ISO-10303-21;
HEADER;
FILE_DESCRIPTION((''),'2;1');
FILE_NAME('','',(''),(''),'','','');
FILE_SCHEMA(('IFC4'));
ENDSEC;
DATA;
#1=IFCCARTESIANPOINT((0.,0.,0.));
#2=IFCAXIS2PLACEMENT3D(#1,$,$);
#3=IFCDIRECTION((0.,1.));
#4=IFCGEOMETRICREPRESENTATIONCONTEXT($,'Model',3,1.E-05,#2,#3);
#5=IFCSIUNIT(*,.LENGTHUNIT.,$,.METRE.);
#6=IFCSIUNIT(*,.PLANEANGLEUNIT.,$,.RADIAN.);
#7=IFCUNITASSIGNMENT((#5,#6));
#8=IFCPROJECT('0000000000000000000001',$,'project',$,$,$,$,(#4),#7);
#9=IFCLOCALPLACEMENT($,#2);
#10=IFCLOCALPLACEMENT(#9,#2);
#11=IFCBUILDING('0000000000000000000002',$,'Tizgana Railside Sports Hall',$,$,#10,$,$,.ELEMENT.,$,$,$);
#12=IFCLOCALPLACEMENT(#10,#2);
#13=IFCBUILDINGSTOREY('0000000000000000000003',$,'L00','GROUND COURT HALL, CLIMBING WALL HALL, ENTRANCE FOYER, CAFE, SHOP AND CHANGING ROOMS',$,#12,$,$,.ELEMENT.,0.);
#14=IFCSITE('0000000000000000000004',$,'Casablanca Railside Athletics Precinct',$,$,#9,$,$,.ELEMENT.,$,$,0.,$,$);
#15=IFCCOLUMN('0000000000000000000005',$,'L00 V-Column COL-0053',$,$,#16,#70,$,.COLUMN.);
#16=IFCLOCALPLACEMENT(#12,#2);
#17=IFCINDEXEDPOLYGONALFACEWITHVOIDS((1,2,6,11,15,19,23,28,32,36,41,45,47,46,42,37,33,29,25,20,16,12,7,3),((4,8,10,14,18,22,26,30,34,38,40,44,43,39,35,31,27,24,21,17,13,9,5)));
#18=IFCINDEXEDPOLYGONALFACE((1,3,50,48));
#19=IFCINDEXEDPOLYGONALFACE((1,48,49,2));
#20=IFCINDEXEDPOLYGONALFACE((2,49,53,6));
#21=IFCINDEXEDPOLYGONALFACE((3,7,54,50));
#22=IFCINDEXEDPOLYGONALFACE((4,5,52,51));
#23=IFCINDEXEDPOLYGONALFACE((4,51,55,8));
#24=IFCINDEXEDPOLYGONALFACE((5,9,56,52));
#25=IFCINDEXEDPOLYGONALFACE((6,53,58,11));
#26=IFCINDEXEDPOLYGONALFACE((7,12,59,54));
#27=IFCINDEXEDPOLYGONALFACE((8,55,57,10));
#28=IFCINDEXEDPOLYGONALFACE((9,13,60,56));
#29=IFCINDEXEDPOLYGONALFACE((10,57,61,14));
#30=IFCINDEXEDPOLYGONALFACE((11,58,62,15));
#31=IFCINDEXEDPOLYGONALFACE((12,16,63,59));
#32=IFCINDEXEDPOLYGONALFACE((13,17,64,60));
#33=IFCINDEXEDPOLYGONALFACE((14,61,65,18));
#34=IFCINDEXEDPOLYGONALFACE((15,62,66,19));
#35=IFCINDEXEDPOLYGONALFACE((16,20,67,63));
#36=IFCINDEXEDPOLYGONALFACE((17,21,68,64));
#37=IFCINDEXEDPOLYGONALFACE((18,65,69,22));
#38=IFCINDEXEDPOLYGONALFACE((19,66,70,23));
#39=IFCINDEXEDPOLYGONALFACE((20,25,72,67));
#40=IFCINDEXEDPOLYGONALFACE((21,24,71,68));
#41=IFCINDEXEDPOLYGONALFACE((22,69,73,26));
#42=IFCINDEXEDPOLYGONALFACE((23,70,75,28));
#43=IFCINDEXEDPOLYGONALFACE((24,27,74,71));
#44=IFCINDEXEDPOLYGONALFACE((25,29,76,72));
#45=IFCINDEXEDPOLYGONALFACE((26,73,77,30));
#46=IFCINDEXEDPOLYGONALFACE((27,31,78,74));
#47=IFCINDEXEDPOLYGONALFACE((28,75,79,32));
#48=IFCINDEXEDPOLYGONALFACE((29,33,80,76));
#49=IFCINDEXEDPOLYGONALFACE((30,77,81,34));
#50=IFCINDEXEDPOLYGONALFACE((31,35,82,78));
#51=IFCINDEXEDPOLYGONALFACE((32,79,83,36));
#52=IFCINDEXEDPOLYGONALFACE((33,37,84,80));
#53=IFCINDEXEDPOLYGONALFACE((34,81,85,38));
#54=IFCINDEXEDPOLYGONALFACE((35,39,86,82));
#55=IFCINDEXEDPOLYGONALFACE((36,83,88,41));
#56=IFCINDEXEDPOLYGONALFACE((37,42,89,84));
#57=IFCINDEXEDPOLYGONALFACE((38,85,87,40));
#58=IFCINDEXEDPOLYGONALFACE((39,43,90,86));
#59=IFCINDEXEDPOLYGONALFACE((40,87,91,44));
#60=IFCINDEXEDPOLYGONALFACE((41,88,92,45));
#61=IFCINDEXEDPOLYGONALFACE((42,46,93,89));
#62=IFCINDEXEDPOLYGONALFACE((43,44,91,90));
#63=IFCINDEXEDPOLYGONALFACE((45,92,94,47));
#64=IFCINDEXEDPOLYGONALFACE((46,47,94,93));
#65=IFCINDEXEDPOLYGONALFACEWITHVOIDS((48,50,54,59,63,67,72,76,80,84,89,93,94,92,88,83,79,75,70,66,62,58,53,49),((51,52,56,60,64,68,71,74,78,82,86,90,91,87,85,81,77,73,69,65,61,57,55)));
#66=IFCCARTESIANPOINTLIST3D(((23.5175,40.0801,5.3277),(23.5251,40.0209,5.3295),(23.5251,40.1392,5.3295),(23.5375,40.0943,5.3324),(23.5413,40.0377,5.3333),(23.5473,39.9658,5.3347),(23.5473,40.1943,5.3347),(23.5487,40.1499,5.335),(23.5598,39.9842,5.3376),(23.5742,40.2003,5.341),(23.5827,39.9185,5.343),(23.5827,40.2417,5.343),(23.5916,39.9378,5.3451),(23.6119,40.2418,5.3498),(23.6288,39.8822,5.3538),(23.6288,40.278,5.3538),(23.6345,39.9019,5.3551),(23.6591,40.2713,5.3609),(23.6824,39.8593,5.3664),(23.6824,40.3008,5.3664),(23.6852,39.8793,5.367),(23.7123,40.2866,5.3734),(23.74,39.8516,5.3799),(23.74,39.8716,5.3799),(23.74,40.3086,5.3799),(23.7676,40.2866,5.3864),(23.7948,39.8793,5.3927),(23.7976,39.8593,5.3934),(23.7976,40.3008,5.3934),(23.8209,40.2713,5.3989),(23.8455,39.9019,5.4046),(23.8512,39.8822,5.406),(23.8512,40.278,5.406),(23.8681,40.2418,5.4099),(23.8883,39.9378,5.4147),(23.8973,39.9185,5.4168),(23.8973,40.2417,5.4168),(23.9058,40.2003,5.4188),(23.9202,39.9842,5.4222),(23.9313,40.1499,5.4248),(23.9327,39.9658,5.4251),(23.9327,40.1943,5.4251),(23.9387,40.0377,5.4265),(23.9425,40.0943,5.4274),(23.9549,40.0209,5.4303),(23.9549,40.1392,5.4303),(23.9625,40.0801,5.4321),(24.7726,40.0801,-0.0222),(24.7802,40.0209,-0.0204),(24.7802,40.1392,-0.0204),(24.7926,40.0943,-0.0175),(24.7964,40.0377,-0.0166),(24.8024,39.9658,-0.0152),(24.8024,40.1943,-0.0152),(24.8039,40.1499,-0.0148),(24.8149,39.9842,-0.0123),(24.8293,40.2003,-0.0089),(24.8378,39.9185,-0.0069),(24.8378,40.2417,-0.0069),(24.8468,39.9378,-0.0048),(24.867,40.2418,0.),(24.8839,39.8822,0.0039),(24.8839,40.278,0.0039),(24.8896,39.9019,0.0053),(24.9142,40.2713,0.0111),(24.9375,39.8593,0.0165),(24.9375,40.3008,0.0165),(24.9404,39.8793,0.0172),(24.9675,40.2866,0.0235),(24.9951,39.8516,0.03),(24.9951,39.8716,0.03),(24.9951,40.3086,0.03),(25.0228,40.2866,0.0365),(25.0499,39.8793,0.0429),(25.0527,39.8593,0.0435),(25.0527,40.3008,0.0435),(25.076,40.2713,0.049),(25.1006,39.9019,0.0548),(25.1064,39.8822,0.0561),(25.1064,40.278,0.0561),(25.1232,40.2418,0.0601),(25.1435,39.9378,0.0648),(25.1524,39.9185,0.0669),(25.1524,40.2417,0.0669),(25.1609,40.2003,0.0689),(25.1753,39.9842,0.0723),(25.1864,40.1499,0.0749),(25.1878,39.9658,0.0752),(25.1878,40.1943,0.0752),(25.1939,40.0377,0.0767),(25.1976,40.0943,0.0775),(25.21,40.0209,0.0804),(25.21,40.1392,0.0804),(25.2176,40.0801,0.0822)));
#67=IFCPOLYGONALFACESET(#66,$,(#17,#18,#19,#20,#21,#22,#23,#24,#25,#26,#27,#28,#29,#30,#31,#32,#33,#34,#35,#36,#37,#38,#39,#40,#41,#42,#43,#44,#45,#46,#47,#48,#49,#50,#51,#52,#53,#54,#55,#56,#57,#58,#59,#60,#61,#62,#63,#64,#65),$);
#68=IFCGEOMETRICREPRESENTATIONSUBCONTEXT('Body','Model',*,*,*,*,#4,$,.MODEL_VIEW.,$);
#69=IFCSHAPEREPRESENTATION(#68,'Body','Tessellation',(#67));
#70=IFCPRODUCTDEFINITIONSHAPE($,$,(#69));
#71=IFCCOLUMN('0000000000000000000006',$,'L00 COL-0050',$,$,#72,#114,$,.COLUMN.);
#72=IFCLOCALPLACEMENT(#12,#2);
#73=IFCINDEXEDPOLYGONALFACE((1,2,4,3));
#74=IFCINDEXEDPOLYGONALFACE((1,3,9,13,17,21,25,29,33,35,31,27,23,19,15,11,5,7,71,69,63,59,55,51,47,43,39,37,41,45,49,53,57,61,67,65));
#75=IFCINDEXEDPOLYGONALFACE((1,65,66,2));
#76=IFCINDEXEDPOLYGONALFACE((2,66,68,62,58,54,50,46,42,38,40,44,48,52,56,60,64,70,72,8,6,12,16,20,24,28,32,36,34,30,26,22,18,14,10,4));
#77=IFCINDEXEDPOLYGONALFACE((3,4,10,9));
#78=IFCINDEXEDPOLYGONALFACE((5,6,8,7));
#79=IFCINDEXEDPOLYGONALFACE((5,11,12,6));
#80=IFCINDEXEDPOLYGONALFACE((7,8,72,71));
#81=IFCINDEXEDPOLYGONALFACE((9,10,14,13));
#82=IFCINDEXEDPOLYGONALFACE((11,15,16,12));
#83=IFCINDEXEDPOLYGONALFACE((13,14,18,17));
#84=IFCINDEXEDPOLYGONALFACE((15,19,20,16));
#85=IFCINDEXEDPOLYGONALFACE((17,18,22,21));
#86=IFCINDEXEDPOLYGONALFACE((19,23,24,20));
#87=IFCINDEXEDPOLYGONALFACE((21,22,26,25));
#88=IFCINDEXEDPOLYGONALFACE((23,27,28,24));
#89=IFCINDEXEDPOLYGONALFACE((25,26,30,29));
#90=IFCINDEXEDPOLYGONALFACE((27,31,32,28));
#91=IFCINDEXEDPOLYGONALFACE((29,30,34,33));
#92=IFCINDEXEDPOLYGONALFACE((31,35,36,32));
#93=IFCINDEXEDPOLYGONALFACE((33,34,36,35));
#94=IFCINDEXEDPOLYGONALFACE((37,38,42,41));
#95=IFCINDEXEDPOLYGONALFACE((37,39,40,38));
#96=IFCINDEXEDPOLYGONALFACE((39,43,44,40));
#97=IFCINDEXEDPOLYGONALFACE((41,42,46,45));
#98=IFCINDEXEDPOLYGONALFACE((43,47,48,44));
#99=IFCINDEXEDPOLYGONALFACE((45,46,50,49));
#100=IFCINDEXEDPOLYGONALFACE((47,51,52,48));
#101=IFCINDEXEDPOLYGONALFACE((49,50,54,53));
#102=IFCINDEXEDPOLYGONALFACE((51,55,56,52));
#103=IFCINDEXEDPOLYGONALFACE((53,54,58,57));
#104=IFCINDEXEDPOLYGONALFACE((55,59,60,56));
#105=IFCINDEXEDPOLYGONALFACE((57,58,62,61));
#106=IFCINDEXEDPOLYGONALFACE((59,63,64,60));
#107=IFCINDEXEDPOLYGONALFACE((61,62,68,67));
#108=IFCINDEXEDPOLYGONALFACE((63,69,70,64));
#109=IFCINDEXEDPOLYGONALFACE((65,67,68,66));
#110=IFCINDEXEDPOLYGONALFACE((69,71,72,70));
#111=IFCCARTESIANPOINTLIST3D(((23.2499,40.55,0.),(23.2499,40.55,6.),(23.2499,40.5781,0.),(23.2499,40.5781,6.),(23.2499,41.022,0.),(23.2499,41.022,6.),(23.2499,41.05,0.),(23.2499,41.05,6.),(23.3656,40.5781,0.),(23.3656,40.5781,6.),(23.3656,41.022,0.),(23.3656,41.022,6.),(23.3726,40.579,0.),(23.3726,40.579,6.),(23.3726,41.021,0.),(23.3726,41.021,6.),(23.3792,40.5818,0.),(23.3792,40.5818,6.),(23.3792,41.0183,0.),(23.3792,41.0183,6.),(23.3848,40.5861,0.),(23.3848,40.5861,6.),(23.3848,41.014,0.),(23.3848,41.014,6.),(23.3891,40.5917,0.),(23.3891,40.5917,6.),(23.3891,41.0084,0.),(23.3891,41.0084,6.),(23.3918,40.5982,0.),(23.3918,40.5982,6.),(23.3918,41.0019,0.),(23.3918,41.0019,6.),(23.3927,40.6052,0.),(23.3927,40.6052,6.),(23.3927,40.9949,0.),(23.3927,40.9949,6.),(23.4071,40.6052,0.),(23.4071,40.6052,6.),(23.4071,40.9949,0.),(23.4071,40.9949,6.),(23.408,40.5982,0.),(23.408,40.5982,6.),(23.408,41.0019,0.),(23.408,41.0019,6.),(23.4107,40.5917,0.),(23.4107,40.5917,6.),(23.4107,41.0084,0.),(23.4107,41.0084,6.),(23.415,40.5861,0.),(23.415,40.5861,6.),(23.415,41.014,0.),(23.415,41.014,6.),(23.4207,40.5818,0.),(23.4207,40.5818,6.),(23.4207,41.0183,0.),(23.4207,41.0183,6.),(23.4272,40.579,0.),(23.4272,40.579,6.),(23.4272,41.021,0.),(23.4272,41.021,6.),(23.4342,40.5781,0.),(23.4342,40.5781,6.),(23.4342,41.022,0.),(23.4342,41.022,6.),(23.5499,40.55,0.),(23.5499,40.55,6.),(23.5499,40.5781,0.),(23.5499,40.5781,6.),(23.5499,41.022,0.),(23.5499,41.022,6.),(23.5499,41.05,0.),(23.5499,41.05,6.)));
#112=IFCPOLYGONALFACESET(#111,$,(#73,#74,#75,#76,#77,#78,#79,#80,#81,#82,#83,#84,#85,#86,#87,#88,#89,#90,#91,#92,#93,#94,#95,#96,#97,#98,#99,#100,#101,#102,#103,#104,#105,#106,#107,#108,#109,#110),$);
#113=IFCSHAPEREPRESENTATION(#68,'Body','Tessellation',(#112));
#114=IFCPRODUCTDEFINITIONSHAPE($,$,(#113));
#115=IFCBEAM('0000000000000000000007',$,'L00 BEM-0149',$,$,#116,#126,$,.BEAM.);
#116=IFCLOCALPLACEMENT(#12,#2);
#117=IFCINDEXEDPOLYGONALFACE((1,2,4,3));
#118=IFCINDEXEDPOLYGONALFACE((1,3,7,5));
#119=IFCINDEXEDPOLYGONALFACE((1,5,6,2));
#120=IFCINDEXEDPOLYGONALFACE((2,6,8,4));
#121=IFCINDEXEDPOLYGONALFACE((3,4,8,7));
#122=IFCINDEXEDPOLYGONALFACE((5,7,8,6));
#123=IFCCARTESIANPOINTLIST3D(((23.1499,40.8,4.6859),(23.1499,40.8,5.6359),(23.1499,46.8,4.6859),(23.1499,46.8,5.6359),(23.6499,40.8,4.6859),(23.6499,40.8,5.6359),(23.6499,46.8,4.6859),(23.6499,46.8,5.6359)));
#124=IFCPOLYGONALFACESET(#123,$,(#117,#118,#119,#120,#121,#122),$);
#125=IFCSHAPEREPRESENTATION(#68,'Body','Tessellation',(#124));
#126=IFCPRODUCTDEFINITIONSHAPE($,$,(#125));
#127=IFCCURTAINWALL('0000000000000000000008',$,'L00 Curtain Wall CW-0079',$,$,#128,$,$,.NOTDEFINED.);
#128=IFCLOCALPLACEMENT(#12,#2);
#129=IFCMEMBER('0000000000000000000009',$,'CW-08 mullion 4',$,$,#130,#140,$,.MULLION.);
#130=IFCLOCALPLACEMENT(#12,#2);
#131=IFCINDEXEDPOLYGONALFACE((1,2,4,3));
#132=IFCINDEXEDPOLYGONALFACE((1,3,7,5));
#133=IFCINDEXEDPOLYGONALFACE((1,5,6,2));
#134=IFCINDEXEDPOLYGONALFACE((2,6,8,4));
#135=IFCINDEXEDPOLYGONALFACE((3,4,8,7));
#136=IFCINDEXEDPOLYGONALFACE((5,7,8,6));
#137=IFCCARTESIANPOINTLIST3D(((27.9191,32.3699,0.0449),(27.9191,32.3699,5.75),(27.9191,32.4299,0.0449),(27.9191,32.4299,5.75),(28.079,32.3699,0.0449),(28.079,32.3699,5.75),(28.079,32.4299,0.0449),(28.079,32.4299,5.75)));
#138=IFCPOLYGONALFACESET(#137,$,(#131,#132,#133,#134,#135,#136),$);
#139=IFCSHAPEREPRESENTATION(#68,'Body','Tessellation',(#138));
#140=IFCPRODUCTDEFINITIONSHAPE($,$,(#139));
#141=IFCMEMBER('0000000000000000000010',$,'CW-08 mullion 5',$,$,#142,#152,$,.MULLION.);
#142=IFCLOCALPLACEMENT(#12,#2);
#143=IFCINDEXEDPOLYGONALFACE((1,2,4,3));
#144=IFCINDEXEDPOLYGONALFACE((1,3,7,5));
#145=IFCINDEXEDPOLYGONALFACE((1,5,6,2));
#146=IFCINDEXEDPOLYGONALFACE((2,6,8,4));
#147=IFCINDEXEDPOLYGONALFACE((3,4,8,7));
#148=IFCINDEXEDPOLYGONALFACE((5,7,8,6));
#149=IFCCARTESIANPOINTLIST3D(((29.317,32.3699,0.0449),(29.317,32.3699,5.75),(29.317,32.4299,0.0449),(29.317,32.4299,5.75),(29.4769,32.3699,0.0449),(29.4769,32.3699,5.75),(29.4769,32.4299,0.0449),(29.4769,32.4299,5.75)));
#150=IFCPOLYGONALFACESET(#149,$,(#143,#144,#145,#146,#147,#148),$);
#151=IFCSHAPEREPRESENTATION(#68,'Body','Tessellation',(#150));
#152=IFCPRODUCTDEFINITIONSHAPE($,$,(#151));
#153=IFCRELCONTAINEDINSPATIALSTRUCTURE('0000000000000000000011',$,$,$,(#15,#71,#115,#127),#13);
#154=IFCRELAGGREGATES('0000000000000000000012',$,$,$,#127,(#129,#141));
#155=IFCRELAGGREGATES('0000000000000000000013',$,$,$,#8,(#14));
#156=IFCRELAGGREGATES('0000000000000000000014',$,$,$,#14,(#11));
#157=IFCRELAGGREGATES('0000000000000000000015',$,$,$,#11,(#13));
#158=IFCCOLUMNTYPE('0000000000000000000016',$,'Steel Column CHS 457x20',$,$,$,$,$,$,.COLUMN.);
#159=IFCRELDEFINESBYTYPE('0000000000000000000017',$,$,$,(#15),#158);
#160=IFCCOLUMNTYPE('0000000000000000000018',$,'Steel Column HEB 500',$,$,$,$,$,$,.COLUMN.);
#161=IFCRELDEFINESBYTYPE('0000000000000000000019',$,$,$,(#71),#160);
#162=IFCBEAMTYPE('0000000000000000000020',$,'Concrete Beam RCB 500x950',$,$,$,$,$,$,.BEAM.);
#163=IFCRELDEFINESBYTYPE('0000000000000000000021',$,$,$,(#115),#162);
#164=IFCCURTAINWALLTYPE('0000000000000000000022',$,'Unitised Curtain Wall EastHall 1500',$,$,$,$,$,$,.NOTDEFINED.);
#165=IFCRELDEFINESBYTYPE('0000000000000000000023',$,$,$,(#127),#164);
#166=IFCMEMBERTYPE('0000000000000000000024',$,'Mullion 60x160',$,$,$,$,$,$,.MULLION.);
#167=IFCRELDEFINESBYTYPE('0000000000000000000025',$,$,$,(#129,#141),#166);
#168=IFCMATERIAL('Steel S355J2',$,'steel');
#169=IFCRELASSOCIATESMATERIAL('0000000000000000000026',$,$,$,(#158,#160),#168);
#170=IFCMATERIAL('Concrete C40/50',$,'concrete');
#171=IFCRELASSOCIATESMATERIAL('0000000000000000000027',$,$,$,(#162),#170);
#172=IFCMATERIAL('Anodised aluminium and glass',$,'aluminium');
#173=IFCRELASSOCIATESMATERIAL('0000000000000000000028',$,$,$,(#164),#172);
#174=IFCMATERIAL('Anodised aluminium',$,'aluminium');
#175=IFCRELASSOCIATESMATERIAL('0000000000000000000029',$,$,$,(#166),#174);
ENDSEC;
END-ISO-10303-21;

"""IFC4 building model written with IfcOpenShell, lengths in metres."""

from ifc_helpers import new_model, si_unit, direction, frame, origin, origin_2d, place, context, subcontext, project, spatial, rectangle, hollow_circle, i_section, extrude, material, material_profile, profile_set, type_object, element, aggregate, save


model = new_model("IFC4")

# Units and contexts
model_context = context("Model", 3, precision=1e-05, world=origin(), true_north=direction((0.0, 1.0)))
body_context = subcontext(model_context, "Body", "Model", "MODEL_VIEW")
ifc_project = project(units=[si_unit("LENGTHUNIT", "METRE"), si_unit("PLANEANGLEUNIT", "RADIAN")], contexts=[model_context])

# Site, building, storey
site_placement = place(None, origin())
site = spatial("IfcSite", under=ifc_project, at=site_placement, Name="Casablanca Railside Athletics Precinct", CompositionType="ELEMENT", RefElevation=0.0)
building_placement = place(site_placement, origin())
building = spatial("IfcBuilding", under=site, at=building_placement, Name="Tizgana Railside Sports Hall", CompositionType="ELEMENT")
storey_placement = place(building_placement, origin())
storey = spatial("IfcBuildingStorey", under=building, at=storey_placement, Name="L00", Description="GROUND COURT HALL, CLIMBING WALL HALL, ENTRANCE FOYER, CAFE, SHOP AND CHANGING ROOMS", CompositionType="ELEMENT", Elevation=0.0)

# Columns
ifc_material_1 = material(Name="Steel S355J2", Category="steel")
ifc_material_profile_1 = material_profile(ifc_material_1, hollow_circle(Radius=0.2285, WallThickness=0.02, at=origin_2d()), Name="CHS 457x20")
ifc_profile_set_1 = profile_set([ifc_material_profile_1], Name="Steel S355J2")
column_type_1 = type_object("IfcColumnType", Name="Steel Column CHS 457x20", PredefinedType="COLUMN", material=ifc_profile_set_1)
column_1_placement = place(storey_placement, frame((24.9951, 40.0801, 0.03), z_axis=(-0.228408, 0.0, 0.973566), x_axis=(0.0, -1.0, 0.0)))
element("IfcColumn", 1, at=column_1_placement, inside=storey, type_object=column_type_1, Name="L00 V-Column COL-0053", PredefinedType="COLUMN", context=body_context, shape_type="SweptSolid", body=[
    extrude(hollow_circle(Radius=0.2285, WallThickness=0.02, at=origin_2d()), origin(), (0.0, 0.0, 1.0), 5.4951),
])
ifc_material_profile_2 = material_profile(ifc_material_1, i_section(OverallWidth=0.3, OverallDepth=0.5, WebThickness=0.0144, FlangeThickness=0.0281, FilletRadius=0.0271, at=origin_2d()), Name="HEB 500")
ifc_profile_set_2 = profile_set([ifc_material_profile_2], Name="Steel S355J2")
column_type_2 = type_object("IfcColumnType", Name="Steel Column HEB 500", PredefinedType="COLUMN", material=ifc_profile_set_2)
column_2_placement = place(storey_placement, frame((23.3999, 40.8, 0.0), z_axis=(0.0, 0.0, 1.0), x_axis=(1.0, 0.0, 0.0)))
element("IfcColumn", 2, at=column_2_placement, inside=storey, type_object=column_type_2, Name="L00 COL-0050", PredefinedType="COLUMN", context=body_context, shape_type="SweptSolid", body=[
    extrude(i_section(OverallWidth=0.3, OverallDepth=0.5, WebThickness=0.0144, FlangeThickness=0.0281, FilletRadius=0.0271, at=origin_2d()), origin(), (0.0, 0.0, 1.0), 6.0),
])

# Beam
ifc_material_2 = material(Name="Concrete C40/50", Category="concrete")
ifc_material_profile_3 = material_profile(ifc_material_2, rectangle(XDim=0.5, YDim=0.95, at=origin_2d()), Name="RCB 500x950")
ifc_profile_set_3 = profile_set([ifc_material_profile_3], Name="Concrete C40/50")
beam_type_1 = type_object("IfcBeamType", Name="Concrete Beam RCB 500x950", PredefinedType="BEAM", material=ifc_profile_set_3)
beam_1_placement = place(storey_placement, frame((23.3999, 40.8, 5.1609), z_axis=(0.0, 1.0, 0.0), x_axis=(-1.0, 0.0, 0.0)))
element("IfcBeam", 3, at=beam_1_placement, inside=storey, type_object=beam_type_1, Name="L00 BEM-0149", PredefinedType="BEAM", context=body_context, shape_type="SweptSolid", body=[
    extrude(rectangle(XDim=0.5, YDim=0.95, at=origin_2d()), origin(), (0.0, 0.0, 1.0), 6.0),
])

# Curtain wall, members
ifc_material_3 = material(Name="Anodised aluminium and glass", Category="aluminium")
curtain_wall_type = type_object("IfcCurtainWallType", Name="Unitised Curtain Wall EastHall 1500", PredefinedType="NOTDEFINED", material=ifc_material_3)
curtain_wall_placement = place(storey_placement, origin())
curtain_wall = element("IfcCurtainWall", 4, at=curtain_wall_placement, inside=storey, type_object=curtain_wall_type, Name="L00 Curtain Wall CW-0079", PredefinedType="NOTDEFINED")
ifc_material_4 = material(Name="Anodised aluminium", Category="aluminium")
ifc_material_profile_4 = material_profile(ifc_material_4, rectangle(XDim=0.0601, YDim=0.1599, at=origin_2d()), Name="Mullion 60x160")
ifc_profile_set_4 = profile_set([ifc_material_profile_4], Name="Anodised aluminium")
member_type_1 = type_object("IfcMemberType", Name="Mullion 60x160", PredefinedType="MULLION", material=ifc_profile_set_4)
member_1_placement = place(storey_placement, frame((27.999, 32.3999, 0.0449), z_axis=(0.0, 0.0, 1.0), x_axis=(0.0, 1.0, 0.0)))
member_1 = element("IfcMember", 5, at=member_1_placement, type_object=member_type_1, Name="CW-08 mullion 4", PredefinedType="MULLION", context=body_context, shape_type="SweptSolid", body=[
    extrude(rectangle(XDim=0.0601, YDim=0.1599, at=origin_2d()), origin(), (0.0, 0.0, 1.0), 5.7051),
])
member_2_placement = place(storey_placement, frame((29.397, 32.3999, 0.0449), z_axis=(0.0, 0.0, 1.0), x_axis=(0.0, 1.0, 0.0)))
member_2 = element("IfcMember", 6, at=member_2_placement, type_object=member_type_1, Name="CW-08 mullion 5", PredefinedType="MULLION", context=body_context, shape_type="SweptSolid", body=[
    extrude(rectangle(XDim=0.0601, YDim=0.1599, at=origin_2d()), origin(), (0.0, 0.0, 1.0), 5.7051),
])

aggregate(curtain_wall, [member_1, member_2])

save(model, "model.ifc")
